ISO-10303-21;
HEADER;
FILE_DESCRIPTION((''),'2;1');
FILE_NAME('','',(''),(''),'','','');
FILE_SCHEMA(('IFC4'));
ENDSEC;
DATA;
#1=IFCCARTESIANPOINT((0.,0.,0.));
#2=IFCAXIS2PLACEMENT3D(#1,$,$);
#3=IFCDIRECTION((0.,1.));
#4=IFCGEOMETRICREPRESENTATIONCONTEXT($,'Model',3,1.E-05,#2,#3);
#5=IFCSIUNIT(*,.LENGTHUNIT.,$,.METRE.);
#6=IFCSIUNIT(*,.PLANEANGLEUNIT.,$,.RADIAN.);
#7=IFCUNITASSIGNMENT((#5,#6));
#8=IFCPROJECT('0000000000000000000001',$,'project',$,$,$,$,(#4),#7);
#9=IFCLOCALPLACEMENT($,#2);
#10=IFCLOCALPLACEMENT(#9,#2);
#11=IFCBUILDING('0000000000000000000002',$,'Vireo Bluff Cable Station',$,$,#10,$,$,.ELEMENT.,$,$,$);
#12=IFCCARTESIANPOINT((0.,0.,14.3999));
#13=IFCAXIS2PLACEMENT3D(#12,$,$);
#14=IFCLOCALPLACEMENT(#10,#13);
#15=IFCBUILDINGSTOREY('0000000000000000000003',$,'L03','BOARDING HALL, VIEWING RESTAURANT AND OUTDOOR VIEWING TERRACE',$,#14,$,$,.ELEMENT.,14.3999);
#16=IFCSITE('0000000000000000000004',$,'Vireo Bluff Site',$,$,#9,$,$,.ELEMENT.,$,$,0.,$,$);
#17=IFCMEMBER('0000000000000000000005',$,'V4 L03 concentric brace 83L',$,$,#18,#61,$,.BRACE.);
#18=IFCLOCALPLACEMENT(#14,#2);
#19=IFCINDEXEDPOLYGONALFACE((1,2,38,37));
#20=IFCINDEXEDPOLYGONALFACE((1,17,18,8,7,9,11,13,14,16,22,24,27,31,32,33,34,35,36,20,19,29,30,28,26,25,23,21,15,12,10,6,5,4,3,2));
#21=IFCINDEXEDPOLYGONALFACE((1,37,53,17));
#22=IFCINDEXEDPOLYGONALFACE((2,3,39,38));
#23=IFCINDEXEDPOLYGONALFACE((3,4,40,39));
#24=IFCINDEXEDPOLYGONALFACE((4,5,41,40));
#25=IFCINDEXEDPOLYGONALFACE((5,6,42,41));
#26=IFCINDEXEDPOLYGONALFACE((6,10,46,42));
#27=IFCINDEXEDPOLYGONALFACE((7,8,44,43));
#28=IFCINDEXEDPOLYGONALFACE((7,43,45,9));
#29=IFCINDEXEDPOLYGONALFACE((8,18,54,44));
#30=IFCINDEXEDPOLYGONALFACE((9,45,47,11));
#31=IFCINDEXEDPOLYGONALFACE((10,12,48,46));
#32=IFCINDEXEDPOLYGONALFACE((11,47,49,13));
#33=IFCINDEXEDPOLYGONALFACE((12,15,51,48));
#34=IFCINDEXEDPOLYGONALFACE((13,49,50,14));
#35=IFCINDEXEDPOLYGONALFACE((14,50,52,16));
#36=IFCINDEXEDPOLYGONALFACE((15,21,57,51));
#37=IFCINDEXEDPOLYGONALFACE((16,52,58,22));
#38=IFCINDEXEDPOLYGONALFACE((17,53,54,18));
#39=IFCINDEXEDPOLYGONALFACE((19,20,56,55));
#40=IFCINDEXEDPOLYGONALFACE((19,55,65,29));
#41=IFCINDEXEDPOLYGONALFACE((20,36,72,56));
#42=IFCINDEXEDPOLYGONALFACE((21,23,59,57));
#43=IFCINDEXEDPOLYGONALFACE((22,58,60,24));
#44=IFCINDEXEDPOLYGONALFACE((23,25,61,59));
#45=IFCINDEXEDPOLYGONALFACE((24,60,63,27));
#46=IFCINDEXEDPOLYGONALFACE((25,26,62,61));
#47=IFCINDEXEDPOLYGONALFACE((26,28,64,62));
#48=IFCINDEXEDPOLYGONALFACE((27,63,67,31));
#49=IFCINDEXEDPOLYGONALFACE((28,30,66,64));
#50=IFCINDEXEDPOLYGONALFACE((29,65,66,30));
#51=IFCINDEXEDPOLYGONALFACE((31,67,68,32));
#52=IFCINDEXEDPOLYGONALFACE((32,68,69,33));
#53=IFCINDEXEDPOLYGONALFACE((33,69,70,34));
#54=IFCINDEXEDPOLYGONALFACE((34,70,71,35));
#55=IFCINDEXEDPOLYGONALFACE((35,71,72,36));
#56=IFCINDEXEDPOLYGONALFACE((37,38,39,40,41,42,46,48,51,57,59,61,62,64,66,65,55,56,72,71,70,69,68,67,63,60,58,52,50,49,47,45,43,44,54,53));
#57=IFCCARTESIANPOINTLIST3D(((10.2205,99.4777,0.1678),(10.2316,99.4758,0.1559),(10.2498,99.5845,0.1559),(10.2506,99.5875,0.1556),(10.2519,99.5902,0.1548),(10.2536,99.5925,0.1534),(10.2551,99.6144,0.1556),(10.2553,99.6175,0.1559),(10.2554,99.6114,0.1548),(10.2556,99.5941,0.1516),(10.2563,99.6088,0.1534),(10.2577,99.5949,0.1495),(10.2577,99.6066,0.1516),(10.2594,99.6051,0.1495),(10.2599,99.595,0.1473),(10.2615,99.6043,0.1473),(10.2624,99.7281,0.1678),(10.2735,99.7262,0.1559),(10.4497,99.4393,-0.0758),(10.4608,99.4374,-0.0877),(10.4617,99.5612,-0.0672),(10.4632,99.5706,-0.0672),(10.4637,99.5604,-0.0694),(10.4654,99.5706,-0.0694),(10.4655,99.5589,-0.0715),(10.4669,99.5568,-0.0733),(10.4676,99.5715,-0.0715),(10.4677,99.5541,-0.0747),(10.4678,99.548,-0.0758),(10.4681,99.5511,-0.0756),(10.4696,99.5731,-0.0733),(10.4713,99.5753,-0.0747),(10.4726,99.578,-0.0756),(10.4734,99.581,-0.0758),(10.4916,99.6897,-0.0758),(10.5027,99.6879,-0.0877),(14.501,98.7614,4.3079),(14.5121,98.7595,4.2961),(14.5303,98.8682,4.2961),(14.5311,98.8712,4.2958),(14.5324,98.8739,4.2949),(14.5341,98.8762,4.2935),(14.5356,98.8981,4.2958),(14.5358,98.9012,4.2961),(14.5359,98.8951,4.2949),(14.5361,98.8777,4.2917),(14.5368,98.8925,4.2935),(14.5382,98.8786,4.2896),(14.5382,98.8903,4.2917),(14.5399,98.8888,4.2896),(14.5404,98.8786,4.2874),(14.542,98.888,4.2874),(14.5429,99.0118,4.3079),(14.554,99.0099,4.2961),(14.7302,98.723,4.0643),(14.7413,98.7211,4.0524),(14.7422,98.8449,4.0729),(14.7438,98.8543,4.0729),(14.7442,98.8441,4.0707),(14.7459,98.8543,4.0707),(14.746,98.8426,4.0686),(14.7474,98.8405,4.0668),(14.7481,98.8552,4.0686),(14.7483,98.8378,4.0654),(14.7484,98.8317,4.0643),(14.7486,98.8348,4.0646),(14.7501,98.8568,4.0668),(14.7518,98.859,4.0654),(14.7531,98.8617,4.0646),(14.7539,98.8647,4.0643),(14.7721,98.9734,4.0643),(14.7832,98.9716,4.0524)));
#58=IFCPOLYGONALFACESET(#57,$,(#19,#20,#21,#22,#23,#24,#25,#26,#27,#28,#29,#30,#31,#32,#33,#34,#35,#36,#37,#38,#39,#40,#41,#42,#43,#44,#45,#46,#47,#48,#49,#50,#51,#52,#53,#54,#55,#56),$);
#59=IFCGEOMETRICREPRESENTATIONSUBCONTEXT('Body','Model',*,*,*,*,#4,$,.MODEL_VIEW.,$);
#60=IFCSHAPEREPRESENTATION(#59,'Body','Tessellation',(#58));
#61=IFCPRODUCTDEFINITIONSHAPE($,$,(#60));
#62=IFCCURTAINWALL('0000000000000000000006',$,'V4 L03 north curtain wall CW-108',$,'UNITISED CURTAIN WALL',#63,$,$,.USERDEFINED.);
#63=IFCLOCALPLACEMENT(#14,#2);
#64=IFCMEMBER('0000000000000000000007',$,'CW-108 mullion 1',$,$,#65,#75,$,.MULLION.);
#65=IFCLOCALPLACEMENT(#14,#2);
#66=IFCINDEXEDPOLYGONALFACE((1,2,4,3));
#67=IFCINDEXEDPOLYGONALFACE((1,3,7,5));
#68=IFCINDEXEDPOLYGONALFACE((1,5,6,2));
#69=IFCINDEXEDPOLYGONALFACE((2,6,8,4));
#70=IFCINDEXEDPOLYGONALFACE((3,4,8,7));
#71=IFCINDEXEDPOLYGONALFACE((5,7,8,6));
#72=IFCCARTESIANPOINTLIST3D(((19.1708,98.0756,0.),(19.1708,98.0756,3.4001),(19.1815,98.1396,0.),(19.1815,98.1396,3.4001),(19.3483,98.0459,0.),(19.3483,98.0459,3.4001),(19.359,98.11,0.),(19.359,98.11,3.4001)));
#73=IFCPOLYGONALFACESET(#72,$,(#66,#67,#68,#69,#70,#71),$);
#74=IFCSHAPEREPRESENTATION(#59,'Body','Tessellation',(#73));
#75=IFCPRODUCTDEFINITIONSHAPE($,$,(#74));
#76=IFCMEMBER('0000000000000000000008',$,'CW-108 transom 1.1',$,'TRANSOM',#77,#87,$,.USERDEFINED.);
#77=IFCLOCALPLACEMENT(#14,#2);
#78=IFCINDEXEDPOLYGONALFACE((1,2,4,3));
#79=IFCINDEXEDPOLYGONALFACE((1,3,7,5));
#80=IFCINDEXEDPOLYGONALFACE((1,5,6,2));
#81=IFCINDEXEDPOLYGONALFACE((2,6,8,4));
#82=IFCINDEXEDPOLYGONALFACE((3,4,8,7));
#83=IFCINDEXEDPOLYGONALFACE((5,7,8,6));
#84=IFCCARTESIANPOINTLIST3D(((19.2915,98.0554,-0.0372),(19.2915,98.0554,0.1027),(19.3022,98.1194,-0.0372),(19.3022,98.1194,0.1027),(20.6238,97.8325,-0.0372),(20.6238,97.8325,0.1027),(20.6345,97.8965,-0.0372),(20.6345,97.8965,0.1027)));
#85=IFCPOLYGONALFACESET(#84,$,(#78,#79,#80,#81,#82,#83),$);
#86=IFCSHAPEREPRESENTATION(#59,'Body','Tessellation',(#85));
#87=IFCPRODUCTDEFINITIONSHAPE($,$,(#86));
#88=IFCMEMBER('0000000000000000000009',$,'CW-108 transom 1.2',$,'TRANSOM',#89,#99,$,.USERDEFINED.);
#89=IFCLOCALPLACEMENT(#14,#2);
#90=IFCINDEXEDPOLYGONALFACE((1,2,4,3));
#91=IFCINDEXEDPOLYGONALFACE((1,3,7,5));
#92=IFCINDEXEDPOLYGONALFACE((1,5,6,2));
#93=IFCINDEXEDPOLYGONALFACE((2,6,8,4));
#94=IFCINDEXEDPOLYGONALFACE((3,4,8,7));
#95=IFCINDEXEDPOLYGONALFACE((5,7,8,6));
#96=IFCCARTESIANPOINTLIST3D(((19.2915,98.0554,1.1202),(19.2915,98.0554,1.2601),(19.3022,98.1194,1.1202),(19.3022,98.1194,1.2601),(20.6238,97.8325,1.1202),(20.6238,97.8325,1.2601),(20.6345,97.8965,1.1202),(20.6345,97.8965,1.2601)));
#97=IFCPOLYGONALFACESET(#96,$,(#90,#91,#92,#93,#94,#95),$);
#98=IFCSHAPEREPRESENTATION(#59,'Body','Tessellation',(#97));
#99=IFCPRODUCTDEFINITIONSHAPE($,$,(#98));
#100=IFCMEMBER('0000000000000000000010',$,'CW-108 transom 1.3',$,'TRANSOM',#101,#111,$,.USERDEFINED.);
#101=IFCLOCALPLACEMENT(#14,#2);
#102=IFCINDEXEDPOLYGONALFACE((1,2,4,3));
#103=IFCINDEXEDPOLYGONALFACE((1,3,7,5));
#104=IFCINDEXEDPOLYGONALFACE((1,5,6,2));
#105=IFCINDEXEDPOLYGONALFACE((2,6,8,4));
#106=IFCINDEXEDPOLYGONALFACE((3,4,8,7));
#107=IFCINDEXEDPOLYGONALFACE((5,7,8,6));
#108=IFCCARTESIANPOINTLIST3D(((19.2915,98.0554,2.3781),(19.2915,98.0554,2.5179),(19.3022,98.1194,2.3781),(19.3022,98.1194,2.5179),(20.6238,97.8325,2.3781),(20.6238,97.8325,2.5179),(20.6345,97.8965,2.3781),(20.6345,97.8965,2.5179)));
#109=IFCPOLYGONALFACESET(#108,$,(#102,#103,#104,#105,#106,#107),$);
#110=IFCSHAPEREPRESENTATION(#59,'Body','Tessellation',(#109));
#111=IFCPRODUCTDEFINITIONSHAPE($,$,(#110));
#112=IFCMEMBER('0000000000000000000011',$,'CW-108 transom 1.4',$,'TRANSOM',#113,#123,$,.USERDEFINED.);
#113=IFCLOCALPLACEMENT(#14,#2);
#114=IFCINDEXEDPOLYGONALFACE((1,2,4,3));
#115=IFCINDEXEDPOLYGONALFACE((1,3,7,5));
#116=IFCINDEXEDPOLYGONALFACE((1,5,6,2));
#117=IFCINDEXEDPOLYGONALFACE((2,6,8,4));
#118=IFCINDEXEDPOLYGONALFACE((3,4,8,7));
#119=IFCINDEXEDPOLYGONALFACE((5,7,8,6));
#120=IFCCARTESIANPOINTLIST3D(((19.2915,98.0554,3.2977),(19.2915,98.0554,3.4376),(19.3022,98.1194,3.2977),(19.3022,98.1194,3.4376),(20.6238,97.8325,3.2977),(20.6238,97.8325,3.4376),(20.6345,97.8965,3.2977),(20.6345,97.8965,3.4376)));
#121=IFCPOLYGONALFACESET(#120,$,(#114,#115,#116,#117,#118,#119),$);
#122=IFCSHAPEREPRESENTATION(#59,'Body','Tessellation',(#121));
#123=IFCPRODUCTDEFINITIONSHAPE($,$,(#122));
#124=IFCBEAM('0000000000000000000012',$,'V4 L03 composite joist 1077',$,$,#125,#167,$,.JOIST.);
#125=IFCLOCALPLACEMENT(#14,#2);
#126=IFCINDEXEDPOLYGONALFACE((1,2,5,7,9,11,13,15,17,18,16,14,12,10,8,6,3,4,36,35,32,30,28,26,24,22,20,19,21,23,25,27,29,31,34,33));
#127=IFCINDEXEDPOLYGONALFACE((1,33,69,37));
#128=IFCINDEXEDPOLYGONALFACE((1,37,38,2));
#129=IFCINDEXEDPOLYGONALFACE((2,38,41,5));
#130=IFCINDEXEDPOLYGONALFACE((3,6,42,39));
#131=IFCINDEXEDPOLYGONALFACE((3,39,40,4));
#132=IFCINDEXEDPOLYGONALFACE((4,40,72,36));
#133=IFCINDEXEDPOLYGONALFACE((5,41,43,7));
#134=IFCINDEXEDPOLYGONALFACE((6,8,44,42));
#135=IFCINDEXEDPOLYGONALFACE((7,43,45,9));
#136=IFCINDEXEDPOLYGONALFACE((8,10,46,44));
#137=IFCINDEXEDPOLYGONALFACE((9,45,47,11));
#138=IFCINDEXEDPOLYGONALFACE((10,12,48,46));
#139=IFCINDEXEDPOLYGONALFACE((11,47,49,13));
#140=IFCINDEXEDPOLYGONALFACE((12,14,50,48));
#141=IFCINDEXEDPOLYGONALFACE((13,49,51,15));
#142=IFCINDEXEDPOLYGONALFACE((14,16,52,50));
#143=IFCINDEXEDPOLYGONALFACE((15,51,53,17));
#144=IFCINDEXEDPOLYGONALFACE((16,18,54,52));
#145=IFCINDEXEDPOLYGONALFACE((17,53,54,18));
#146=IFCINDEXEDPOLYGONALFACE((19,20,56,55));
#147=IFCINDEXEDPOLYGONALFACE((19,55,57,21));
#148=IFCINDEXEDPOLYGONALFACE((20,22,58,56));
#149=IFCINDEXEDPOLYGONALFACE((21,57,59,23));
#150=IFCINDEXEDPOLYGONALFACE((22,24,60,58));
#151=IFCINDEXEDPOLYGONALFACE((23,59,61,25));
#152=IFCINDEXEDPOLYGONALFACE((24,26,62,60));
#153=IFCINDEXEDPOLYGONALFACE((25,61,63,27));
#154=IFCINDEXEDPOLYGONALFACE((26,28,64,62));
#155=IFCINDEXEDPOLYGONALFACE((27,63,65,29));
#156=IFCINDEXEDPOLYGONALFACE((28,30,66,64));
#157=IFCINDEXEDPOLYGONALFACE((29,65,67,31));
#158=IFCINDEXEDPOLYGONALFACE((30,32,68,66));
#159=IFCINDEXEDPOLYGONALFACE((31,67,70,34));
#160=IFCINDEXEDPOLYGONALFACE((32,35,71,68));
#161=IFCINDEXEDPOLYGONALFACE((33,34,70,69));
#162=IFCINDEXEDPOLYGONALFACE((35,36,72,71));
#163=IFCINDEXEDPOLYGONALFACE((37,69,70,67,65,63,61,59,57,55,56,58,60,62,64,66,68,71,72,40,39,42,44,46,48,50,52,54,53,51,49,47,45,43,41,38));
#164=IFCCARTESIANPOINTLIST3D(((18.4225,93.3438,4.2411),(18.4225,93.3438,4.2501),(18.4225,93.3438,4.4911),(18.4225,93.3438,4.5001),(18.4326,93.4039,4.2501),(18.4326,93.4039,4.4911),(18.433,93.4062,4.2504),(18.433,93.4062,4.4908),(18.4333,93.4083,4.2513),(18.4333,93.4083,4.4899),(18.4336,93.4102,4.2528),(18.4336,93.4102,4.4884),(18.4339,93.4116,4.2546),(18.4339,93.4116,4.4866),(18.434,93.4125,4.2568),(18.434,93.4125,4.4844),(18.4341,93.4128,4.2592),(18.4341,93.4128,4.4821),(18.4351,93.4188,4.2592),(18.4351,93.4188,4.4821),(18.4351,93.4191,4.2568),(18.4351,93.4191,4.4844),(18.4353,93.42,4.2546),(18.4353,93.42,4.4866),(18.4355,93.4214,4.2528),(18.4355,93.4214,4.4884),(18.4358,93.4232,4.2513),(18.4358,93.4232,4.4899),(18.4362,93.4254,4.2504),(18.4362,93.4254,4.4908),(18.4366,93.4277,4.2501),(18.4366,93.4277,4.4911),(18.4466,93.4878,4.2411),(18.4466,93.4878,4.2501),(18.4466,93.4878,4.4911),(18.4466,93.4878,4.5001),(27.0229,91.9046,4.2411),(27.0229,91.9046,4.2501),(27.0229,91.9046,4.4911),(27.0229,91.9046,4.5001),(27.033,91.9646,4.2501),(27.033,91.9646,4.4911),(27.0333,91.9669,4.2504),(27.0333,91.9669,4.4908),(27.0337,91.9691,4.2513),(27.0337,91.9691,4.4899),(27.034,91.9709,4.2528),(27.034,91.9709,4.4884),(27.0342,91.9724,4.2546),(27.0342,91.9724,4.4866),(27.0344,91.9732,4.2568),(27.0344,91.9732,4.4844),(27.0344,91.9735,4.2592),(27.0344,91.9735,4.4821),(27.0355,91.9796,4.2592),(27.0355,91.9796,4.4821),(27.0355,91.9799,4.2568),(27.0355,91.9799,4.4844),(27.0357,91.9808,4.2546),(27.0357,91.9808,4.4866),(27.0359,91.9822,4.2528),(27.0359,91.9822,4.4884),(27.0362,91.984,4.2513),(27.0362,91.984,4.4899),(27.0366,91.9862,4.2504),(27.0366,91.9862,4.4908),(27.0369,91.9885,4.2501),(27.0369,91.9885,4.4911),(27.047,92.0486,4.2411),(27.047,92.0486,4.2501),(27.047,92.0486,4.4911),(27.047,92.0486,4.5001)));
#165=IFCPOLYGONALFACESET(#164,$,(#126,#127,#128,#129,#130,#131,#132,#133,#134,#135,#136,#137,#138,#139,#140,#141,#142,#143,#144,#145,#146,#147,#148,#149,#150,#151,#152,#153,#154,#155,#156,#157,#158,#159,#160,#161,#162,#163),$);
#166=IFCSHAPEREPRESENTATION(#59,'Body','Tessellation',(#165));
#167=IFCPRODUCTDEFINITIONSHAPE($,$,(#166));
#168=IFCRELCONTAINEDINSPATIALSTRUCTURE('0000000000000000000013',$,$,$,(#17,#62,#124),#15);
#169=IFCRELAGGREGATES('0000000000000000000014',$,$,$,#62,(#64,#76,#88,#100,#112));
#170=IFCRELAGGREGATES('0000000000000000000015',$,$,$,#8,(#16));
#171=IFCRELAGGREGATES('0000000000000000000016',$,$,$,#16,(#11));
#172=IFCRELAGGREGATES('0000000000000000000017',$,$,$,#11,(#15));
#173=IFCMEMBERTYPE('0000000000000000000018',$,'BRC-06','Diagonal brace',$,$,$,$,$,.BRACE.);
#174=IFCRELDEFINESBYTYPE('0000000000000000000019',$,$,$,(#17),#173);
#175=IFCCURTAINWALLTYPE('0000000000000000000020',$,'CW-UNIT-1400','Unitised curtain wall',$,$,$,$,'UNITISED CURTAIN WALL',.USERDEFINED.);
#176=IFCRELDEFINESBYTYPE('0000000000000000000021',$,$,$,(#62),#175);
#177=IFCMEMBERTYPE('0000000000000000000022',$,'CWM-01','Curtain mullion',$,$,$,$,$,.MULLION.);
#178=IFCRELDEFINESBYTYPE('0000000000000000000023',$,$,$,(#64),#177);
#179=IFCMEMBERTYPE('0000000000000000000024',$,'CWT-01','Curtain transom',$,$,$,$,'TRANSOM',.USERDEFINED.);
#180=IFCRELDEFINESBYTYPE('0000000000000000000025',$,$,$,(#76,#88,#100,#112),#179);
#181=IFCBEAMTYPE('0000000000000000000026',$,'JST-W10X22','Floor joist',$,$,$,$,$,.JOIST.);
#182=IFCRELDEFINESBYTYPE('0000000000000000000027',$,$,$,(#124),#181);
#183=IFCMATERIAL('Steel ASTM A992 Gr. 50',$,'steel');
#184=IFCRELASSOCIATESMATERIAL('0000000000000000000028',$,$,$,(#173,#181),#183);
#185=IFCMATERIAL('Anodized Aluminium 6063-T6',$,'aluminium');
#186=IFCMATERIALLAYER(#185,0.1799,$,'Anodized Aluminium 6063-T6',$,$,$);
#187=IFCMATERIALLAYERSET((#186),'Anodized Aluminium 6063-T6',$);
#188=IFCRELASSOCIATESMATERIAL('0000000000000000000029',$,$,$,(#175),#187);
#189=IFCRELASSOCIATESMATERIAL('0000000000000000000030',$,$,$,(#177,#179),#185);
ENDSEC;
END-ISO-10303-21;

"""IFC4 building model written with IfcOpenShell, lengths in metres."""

from ifc_helpers import new_model, si_unit, direction, frame, origin, origin_2d, place, context, subcontext, project, spatial, rectangle, i_section, extrude, material, layer, layer_set, material_profile, profile_set, type_object, element, aggregate, save


model = new_model("IFC4")

# Units and contexts
model_context = context("Model", 3, precision=1e-05, world=origin(), true_north=direction((0.0, 1.0)))
body_context = subcontext(model_context, "Body", "Model", "MODEL_VIEW")
ifc_project = project(units=[si_unit("LENGTHUNIT", "METRE"), si_unit("PLANEANGLEUNIT", "RADIAN")], contexts=[model_context])

# Site, building, storey
site_placement = place(None, origin())
site = spatial("IfcSite", under=ifc_project, at=site_placement, Name="Vireo Bluff Site", CompositionType="ELEMENT", RefElevation=0.0)
building_placement = place(site_placement, origin())
building = spatial("IfcBuilding", under=site, at=building_placement, Name="Vireo Bluff Cable Station", CompositionType="ELEMENT")
storey_placement = place(building_placement, frame((0.0, 0.0, 14.3999)))
storey = spatial("IfcBuildingStorey", under=building, at=storey_placement, Name="L03", Description="BOARDING HALL, VIEWING RESTAURANT AND OUTDOOR VIEWING TERRACE", CompositionType="ELEMENT", Elevation=14.3999)

# Shared definitions
ifc_material_1 = material(Name="Steel ASTM A992 Gr. 50", Category="steel")

# Member
ifc_material_profile_1 = material_profile(ifc_material_1, i_section(OverallWidth=0.2539, OverallDepth=0.353, WebThickness=0.0095, FlangeThickness=0.0164, FilletRadius=0.012, at=origin_2d()), Name="W14X61")
ifc_profile_set_1 = profile_set([ifc_material_profile_1], Name="Steel ASTM A992 Gr. 50")
member_type_1 = type_object("IfcMemberType", Name="BRC-06", Description="Diagonal brace", PredefinedType="BRACE", material=ifc_profile_set_1)
member_1_placement = place(storey_placement, frame((10.3616, 99.5828, 0.04), z_axis=(0.713651, -0.119423, 0.690247), x_axis=(0.165047, 0.986286, 0.0)))
element("IfcMember", 1, at=member_1_placement, inside=storey, type_object=member_type_1, Name="V4 L03 concentric brace 83L", PredefinedType="BRACE", context=body_context, shape_type="SweptSolid", body=[
    extrude(i_section(OverallWidth=0.2539, OverallDepth=0.353, WebThickness=0.0095, FlangeThickness=0.0164, FilletRadius=0.012, at=origin_2d()), origin(), (0.0, 0.0, 1.0), 5.998),
])

# Curtain wall, members
ifc_material_2 = material(Name="Anodized Aluminium 6063-T6", Category="aluminium")
ifc_layer_1 = layer(ifc_material_2, 0.1799, Name="Anodized Aluminium 6063-T6")
ifc_layer_set_1 = layer_set([ifc_layer_1], Name="Anodized Aluminium 6063-T6")
curtain_wall_type = type_object("IfcCurtainWallType", Name="CW-UNIT-1400", Description="Unitised curtain wall", ElementType="UNITISED CURTAIN WALL", PredefinedType="USERDEFINED", material=ifc_layer_set_1)
curtain_wall_placement = place(storey_placement, origin())
curtain_wall = element("IfcCurtainWall", 2, at=curtain_wall_placement, inside=storey, type_object=curtain_wall_type, Name="V4 L03 north curtain wall CW-108", ObjectType="UNITISED CURTAIN WALL", PredefinedType="USERDEFINED")
ifc_material_profile_2 = material_profile(ifc_material_2, rectangle(XDim=0.0649, YDim=0.1799, at=origin_2d()), Name="ALU-M-65X180")
ifc_profile_set_2 = profile_set([ifc_material_profile_2], Name="Anodized Aluminium 6063-T6")
member_type_2 = type_object("IfcMemberType", Name="CWM-01", Description="Curtain mullion", PredefinedType="MULLION", material=ifc_profile_set_2)
member_2_placement = place(storey_placement, frame((19.2649, 98.0928, 0.0), z_axis=(0.0, 0.0, 1.0), x_axis=(0.165048, 0.986286, 0.0)))
member_2 = element("IfcMember", 3, at=member_2_placement, type_object=member_type_2, Name="CW-108 mullion 1", PredefinedType="MULLION", context=body_context, shape_type="SweptSolid", body=[
    extrude(rectangle(XDim=0.0649, YDim=0.1799, at=origin_2d()), origin(), (0.0, 0.0, 1.0), 3.4001),
])
ifc_material_profile_3 = material_profile(ifc_material_2, rectangle(XDim=0.0649, YDim=0.1399, at=origin_2d()), Name="ALU-T-65X140")
ifc_profile_set_3 = profile_set([ifc_material_profile_3], Name="Anodized Aluminium 6063-T6")
member_type_3 = type_object("IfcMemberType", Name="CWT-01", Description="Curtain transom", ElementType="TRANSOM", PredefinedType="USERDEFINED", material=ifc_profile_set_3)
member_3_placement = place(storey_placement, frame((19.2969, 98.0874, 0.0327), z_axis=(0.986291, -0.165014, 0.0), x_axis=(0.165014, 0.986291, 0.0)))
member_3 = element("IfcMember", 4, at=member_3_placement, type_object=member_type_3, Name="CW-108 transom 1.1", ObjectType="TRANSOM", PredefinedType="USERDEFINED", context=body_context, shape_type="SweptSolid", body=[
    extrude(rectangle(XDim=0.0649, YDim=0.1399, at=origin_2d()), origin(), (0.0, 0.0, 1.0), 1.3508),
])
member_4_placement = place(storey_placement, frame((19.2969, 98.0874, 1.1902), z_axis=(0.986291, -0.165014, 0.0), x_axis=(0.165014, 0.986291, 0.0)))
member_4 = element("IfcMember", 5, at=member_4_placement, type_object=member_type_3, Name="CW-108 transom 1.2", ObjectType="TRANSOM", PredefinedType="USERDEFINED", context=body_context, shape_type="SweptSolid", body=[
    extrude(rectangle(XDim=0.0649, YDim=0.1399, at=origin_2d()), origin(), (0.0, 0.0, 1.0), 1.3508),
])
member_5_placement = place(storey_placement, frame((19.2969, 98.0874, 2.448), z_axis=(0.986291, -0.165014, 0.0), x_axis=(0.165014, 0.986291, 0.0)))
member_5 = element("IfcMember", 6, at=member_5_placement, type_object=member_type_3, Name="CW-108 transom 1.3", ObjectType="TRANSOM", PredefinedType="USERDEFINED", context=body_context, shape_type="SweptSolid", body=[
    extrude(rectangle(XDim=0.0649, YDim=0.1399, at=origin_2d()), origin(), (0.0, 0.0, 1.0), 1.3508),
])
member_6_placement = place(storey_placement, frame((19.2969, 98.0874, 3.3677), z_axis=(0.986291, -0.165014, 0.0), x_axis=(0.165014, 0.986291, 0.0)))
member_6 = element("IfcMember", 7, at=member_6_placement, type_object=member_type_3, Name="CW-108 transom 1.4", ObjectType="TRANSOM", PredefinedType="USERDEFINED", context=body_context, shape_type="SweptSolid", body=[
    extrude(rectangle(XDim=0.0649, YDim=0.1399, at=origin_2d()), origin(), (0.0, 0.0, 1.0), 1.3508),
])

# Beam
ifc_material_profile_4 = material_profile(ifc_material_1, i_section(OverallWidth=0.146, OverallDepth=0.259, WebThickness=0.0061, FlangeThickness=0.009, FilletRadius=0.009, at=origin_2d()), Name="W10X22")
ifc_profile_set_4 = profile_set([ifc_material_profile_4], Name="Steel ASTM A992 Gr. 50")
beam_type_1 = type_object("IfcBeamType", Name="JST-W10X22", Description="Floor joist", PredefinedType="JOIST", material=ifc_profile_set_4)
beam_1_placement = place(storey_placement, frame((18.4346, 93.4158, 4.3706), z_axis=(0.986286, -0.165048, 0.0), x_axis=(0.165048, 0.986286, 0.0)))
element("IfcBeam", 8, at=beam_1_placement, inside=storey, type_object=beam_type_1, Name="V4 L03 composite joist 1077", PredefinedType="JOIST", context=body_context, shape_type="SweptSolid", body=[
    extrude(i_section(OverallWidth=0.146, OverallDepth=0.259, WebThickness=0.0061, FlangeThickness=0.009, FilletRadius=0.009, at=origin_2d()), origin(), (0.0, 0.0, 1.0), 8.72),
])

aggregate(curtain_wall, [member_2, member_3, member_4, member_5, member_6])

save(model, "model.ifc")
